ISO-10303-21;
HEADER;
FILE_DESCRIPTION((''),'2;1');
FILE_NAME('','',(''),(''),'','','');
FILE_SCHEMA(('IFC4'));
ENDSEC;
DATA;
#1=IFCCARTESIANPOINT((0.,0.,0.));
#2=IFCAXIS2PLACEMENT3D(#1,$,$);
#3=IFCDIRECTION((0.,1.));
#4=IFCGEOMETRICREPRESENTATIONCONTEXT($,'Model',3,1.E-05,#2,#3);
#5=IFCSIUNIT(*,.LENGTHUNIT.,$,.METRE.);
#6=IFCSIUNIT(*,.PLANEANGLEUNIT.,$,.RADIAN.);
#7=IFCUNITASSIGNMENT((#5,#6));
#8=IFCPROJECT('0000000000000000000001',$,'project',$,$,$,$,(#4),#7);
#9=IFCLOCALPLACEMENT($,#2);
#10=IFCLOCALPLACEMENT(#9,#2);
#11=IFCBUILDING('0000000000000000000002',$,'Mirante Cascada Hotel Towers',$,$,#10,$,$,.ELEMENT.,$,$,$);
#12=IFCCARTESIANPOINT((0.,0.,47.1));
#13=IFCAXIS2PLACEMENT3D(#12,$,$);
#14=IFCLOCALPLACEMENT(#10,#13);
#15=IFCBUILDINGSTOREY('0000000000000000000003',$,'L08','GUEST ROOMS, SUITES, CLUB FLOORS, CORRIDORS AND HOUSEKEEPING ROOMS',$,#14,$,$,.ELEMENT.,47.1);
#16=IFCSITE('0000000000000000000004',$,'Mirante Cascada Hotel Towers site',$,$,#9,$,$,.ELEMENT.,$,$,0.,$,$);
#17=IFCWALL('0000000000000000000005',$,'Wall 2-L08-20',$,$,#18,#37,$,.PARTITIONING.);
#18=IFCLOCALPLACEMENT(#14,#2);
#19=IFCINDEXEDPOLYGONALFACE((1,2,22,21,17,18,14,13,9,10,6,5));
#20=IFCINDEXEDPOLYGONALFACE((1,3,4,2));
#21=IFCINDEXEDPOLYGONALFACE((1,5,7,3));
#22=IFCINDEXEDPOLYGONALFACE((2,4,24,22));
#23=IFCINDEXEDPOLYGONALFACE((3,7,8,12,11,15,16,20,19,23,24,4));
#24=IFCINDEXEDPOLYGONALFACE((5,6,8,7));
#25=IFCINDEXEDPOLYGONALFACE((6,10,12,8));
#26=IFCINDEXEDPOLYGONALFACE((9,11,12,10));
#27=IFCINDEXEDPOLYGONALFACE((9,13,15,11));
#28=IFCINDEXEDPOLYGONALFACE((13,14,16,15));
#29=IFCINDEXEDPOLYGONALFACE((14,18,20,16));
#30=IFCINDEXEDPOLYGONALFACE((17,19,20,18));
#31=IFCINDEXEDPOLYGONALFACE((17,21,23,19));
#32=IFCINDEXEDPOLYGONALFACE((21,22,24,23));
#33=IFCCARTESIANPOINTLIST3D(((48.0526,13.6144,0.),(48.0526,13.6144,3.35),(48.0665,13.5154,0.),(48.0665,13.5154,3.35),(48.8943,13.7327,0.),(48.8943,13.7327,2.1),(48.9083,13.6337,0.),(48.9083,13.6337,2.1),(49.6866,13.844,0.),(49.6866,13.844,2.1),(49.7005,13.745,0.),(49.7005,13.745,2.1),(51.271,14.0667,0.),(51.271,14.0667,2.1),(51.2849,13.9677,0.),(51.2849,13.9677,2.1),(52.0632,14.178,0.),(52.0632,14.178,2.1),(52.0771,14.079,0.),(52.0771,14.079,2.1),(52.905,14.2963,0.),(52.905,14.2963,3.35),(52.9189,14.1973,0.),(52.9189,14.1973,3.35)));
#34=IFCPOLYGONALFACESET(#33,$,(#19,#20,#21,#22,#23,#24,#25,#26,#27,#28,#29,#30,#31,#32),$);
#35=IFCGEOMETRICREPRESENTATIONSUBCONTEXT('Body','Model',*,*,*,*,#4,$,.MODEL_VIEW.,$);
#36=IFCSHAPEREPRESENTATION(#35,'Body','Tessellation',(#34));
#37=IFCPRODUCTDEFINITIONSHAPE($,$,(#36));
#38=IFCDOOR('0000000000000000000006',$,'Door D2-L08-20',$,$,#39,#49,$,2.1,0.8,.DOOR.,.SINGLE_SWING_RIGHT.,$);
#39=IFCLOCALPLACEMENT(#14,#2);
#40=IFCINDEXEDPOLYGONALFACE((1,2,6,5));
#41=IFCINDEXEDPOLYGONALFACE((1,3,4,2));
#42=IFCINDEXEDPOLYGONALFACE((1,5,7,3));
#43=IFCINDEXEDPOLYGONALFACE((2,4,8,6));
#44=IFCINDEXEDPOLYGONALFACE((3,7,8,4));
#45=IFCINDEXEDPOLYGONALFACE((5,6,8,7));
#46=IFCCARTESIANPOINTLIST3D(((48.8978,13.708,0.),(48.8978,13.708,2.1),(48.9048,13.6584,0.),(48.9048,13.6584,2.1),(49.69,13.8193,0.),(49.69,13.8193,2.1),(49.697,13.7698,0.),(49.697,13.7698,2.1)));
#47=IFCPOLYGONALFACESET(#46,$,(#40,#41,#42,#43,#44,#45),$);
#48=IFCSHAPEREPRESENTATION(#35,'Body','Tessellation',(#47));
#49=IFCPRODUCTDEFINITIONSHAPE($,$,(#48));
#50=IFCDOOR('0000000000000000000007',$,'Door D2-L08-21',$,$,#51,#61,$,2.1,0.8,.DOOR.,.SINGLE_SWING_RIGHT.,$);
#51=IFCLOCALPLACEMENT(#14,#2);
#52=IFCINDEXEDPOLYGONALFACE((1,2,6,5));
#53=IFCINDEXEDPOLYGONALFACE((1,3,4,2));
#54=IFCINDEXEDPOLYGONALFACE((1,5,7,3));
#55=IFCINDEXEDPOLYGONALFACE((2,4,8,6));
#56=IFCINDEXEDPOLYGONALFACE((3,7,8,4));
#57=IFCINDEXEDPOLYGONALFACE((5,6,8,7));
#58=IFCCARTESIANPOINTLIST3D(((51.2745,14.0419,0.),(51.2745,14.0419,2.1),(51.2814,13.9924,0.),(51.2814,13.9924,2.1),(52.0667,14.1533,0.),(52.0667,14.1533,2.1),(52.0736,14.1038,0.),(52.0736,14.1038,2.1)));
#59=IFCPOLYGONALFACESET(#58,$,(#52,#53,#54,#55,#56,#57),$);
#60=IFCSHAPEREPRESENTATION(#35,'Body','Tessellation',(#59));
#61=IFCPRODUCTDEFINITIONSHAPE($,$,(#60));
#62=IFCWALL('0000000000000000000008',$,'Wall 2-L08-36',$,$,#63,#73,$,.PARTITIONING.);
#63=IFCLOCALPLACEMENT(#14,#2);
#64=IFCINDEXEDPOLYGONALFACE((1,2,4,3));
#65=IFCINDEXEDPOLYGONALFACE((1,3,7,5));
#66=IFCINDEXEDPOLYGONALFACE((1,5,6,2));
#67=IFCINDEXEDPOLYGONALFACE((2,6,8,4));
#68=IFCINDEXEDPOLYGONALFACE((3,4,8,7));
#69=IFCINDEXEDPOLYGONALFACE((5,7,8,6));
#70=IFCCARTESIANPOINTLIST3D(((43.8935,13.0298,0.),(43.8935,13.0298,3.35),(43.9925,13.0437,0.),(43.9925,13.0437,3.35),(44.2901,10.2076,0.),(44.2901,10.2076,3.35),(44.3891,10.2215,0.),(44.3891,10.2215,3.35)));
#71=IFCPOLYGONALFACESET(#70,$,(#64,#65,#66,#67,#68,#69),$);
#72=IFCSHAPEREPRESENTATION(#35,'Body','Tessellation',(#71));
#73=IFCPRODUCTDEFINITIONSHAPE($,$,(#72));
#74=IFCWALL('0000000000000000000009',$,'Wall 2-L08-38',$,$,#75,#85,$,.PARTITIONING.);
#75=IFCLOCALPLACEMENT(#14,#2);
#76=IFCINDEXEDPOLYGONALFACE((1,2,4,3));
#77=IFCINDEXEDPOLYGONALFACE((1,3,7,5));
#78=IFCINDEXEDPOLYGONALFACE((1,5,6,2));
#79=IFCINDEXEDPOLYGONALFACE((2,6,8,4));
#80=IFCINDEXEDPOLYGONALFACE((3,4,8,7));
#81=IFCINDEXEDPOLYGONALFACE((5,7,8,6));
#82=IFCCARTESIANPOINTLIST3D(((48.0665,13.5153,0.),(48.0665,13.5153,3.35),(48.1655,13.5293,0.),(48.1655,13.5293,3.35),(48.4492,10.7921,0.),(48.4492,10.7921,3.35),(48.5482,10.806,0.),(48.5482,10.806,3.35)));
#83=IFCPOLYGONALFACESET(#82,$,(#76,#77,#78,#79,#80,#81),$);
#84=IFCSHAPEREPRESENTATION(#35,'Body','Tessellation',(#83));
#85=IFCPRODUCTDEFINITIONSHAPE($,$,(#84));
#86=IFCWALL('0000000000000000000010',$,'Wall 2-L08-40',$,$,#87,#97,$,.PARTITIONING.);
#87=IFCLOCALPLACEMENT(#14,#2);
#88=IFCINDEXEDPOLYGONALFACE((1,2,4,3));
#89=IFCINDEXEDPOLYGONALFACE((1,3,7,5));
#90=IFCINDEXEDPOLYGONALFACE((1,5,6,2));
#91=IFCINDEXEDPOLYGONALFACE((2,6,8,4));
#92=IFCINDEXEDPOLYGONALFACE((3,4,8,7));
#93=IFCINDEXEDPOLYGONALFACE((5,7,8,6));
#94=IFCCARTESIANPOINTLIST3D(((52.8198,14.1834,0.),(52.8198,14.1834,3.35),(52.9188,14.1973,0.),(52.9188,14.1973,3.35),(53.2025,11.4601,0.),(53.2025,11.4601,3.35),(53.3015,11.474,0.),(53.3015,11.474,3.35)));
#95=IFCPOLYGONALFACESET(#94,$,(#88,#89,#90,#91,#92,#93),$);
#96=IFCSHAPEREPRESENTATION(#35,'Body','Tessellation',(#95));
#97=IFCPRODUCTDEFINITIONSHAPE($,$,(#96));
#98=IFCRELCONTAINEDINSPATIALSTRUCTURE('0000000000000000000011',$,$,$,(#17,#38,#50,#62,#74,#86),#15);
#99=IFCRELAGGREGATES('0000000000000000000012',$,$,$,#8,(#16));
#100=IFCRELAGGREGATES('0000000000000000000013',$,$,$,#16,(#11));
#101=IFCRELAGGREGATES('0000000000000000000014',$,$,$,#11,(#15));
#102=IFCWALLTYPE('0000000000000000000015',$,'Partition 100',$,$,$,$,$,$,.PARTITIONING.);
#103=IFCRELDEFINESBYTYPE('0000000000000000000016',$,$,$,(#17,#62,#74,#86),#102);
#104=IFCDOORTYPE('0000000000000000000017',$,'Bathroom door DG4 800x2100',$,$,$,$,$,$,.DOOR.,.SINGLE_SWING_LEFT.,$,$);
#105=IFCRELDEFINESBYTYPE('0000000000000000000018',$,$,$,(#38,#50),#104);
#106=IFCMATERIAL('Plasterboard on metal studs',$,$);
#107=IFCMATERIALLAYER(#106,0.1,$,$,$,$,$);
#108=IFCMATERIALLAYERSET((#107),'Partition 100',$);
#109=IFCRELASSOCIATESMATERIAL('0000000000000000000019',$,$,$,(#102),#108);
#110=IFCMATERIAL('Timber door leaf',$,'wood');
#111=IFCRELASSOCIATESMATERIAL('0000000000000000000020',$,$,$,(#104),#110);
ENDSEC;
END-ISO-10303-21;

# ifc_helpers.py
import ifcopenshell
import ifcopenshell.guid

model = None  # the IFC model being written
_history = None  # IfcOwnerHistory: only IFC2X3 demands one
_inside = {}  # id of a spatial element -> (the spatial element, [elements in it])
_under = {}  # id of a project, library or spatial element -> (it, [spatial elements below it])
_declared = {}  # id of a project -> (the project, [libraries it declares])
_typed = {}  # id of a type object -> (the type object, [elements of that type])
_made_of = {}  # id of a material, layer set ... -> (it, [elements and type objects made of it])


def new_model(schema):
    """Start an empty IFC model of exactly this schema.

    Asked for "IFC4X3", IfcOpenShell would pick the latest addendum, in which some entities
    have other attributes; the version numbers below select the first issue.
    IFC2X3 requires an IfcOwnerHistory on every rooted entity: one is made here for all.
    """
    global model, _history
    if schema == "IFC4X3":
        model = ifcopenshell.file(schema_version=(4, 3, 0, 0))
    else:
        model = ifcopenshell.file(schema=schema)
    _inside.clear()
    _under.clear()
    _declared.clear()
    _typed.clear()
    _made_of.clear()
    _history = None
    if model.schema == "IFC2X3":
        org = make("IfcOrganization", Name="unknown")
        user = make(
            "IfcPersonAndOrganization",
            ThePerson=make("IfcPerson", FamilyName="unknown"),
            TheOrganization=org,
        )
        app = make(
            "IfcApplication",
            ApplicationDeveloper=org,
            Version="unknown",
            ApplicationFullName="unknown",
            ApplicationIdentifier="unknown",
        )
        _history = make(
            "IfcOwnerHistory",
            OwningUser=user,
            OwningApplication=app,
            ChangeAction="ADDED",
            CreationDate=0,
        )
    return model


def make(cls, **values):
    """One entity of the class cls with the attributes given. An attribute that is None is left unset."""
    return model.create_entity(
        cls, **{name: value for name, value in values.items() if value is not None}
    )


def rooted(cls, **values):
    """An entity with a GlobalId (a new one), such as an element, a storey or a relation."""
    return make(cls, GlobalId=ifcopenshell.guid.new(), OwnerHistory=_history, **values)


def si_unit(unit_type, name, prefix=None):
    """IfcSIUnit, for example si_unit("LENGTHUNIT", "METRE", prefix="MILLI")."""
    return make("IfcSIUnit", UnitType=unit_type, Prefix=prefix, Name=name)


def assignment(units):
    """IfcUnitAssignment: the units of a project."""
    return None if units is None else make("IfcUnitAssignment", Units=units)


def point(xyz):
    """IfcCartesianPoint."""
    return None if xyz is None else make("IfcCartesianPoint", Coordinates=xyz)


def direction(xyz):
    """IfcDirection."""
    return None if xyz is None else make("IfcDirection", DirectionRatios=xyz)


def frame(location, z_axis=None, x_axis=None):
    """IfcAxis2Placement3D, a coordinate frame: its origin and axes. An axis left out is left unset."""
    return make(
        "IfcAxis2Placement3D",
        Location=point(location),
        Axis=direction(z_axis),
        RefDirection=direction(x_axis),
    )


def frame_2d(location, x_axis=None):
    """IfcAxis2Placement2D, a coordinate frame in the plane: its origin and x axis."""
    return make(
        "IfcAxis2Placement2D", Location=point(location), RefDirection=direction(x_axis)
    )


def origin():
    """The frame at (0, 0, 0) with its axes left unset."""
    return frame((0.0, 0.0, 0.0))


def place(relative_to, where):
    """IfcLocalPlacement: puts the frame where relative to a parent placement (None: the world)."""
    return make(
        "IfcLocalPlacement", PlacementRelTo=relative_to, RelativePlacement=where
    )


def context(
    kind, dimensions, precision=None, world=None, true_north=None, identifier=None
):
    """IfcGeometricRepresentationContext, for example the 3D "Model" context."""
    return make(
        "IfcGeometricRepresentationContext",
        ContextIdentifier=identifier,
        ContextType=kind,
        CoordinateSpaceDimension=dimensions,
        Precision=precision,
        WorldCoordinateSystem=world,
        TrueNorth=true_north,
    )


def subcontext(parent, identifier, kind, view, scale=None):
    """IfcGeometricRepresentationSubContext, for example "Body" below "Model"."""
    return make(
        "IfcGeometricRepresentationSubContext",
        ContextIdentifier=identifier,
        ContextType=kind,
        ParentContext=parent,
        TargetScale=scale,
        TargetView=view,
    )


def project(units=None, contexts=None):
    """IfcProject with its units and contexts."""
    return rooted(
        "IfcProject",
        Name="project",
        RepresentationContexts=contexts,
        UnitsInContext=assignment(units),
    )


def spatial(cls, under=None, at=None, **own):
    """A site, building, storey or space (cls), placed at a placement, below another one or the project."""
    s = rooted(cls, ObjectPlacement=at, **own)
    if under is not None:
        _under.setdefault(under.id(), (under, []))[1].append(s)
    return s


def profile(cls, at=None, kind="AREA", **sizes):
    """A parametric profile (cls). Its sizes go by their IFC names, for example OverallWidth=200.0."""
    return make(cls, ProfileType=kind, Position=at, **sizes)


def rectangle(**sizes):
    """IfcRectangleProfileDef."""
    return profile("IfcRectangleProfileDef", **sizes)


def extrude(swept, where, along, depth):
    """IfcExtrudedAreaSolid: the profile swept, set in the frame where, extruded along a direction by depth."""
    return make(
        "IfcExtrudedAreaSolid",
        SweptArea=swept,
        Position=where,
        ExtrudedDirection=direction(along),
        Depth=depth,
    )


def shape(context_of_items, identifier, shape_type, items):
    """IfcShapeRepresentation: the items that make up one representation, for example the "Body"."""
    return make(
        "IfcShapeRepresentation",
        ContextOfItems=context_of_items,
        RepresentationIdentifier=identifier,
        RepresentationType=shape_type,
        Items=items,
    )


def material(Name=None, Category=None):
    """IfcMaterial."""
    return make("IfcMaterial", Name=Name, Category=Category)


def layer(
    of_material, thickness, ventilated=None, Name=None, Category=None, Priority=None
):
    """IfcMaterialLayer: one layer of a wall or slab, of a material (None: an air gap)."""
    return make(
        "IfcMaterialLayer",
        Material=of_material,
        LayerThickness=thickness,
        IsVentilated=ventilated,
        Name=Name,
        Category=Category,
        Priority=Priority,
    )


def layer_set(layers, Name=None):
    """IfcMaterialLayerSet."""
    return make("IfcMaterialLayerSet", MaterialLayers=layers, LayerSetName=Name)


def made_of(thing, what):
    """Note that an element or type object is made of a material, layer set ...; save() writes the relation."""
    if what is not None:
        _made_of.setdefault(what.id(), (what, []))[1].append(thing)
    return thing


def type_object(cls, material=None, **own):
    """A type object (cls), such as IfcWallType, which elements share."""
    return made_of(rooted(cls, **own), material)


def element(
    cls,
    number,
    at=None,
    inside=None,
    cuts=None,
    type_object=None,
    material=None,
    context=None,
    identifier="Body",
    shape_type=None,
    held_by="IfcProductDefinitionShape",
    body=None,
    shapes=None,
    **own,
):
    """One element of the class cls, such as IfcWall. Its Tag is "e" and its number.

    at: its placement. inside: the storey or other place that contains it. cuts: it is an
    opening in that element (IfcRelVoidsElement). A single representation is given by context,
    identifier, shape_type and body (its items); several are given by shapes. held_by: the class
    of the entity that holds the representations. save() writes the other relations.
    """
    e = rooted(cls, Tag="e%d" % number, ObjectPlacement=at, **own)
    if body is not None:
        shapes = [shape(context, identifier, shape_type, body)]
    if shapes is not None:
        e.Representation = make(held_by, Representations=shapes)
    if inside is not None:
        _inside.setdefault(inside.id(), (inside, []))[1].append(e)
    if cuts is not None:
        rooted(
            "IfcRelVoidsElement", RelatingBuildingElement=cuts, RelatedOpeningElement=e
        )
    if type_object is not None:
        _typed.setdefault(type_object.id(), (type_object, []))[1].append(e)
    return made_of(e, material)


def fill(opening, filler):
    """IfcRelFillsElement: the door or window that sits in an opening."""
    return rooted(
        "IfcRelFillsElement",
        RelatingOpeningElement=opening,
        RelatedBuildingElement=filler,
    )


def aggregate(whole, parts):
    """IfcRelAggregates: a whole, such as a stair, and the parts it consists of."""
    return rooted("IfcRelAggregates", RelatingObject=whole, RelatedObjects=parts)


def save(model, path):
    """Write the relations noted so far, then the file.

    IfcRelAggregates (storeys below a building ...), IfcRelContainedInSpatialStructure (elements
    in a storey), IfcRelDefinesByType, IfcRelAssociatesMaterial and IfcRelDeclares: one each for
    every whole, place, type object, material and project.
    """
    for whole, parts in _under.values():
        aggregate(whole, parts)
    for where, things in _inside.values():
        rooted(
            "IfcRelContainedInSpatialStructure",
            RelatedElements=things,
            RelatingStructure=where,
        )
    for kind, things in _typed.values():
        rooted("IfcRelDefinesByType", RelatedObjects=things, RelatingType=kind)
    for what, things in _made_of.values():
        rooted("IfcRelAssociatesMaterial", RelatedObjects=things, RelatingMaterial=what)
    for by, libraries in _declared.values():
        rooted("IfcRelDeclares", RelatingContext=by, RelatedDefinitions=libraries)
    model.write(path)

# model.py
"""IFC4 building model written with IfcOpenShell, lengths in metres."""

from ifc_helpers import new_model, si_unit, direction, frame, frame_2d, origin, place, context, subcontext, project, spatial, rectangle, extrude, material, layer, layer_set, type_object, element, fill, save


model = new_model("IFC4")

# Units and contexts
model_context = context("Model", 3, precision=1e-05, world=origin(), true_north=direction((0.0, 1.0)))
body_context = subcontext(model_context, "Body", "Model", "MODEL_VIEW")
ifc_project = project(units=[si_unit("LENGTHUNIT", "METRE"), si_unit("PLANEANGLEUNIT", "RADIAN")], contexts=[model_context])

# Site, building, storey
site_placement = place(None, origin())
site = spatial("IfcSite", under=ifc_project, at=site_placement, Name="Mirante Cascada Hotel Towers site", CompositionType="ELEMENT", RefElevation=0.0)
building_placement = place(site_placement, origin())
building = spatial("IfcBuilding", under=site, at=building_placement, Name="Mirante Cascada Hotel Towers", CompositionType="ELEMENT")
storey_placement = place(building_placement, frame((0.0, 0.0, 47.1)))
storey = spatial("IfcBuildingStorey", under=building, at=storey_placement, Name="L08", Description="GUEST ROOMS, SUITES, CLUB FLOORS, CORRIDORS AND HOUSEKEEPING ROOMS", CompositionType="ELEMENT", Elevation=47.1)

# Shared definitions
ifc_material_1 = material(Name="Plasterboard on metal studs")
ifc_layer_1 = layer(ifc_material_1, 0.1)
ifc_layer_set_1 = layer_set([ifc_layer_1], Name="Partition 100")
wall_type_1 = type_object("IfcWallType", Name="Partition 100", PredefinedType="PARTITIONING", material=ifc_layer_set_1)
ifc_material_2 = material(Name="Timber door leaf", Category="wood")
door_type = type_object("IfcDoorType", Name="Bathroom door DG4 800x2100", OperationType="SINGLE_SWING_LEFT", PredefinedType="DOOR", material=ifc_material_2)

# Wall, openings, doors
wall_1_placement = place(storey_placement, frame((52.9119, 14.2468, 0.0), z_axis=(0.0, 0.0, 1.0), x_axis=(-0.99027, -0.139161, 0.0)))
wall_1 = element("IfcWall", 1, at=wall_1_placement, inside=storey, type_object=wall_type_1, Name="Wall 2-L08-20", PredefinedType="PARTITIONING", context=body_context, shape_type="SweptSolid", body=[
    extrude(rectangle(XDim=4.9001, YDim=0.1, at=frame_2d((2.45, 0.0))), origin(), (0.0, 0.0, 1.0), 3.35),
])
opening_1_placement = place(wall_1_placement, frame((3.25, 0.0, 0.0)))
opening_1 = element("IfcOpeningElement", 2, at=opening_1_placement, cuts=wall_1, PredefinedType="OPENING", context=body_context, shape_type="SweptSolid", body=[
    extrude(rectangle(XDim=0.8, YDim=2.1, at=frame_2d((0.4, 1.05))), frame((0.0, 0.05, 0.0), z_axis=(0.0, -1.0, 0.0), x_axis=(1.0, 0.0, 0.0)), (0.0, 0.0, 1.0), 0.1),
])
opening_2_placement = place(wall_1_placement, frame((0.85, 0.0, 0.0)))
opening_2 = element("IfcOpeningElement", 3, at=opening_2_placement, cuts=wall_1, PredefinedType="OPENING", context=body_context, shape_type="SweptSolid", body=[
    extrude(rectangle(XDim=0.8, YDim=2.1, at=frame_2d((0.4, 1.05))), frame((0.0, 0.05, 0.0), z_axis=(0.0, -1.0, 0.0), x_axis=(1.0, 0.0, 0.0)), (0.0, 0.0, 1.0), 0.1),
])
door_1_placement = place(opening_1_placement, frame((0.8, 0.0, 0.0), z_axis=(0.0, 0.0, 1.0), x_axis=(-1.0, 0.0, 0.0)))
door_1 = element("IfcDoor", 4, at=door_1_placement, inside=storey, type_object=door_type, Name="Door D2-L08-20", OperationType="SINGLE_SWING_RIGHT", OverallHeight=2.1, OverallWidth=0.8, PredefinedType="DOOR", context=body_context, shape_type="SweptSolid", body=[
    extrude(rectangle(XDim=0.8, YDim=2.1, at=frame_2d((0.4, 1.05))), frame((0.0, 0.025, 0.0), z_axis=(0.0, -1.0, 0.0), x_axis=(1.0, 0.0, 0.0)), (0.0, 0.0, 1.0), 0.05),
])
fill(opening_1, door_1)
door_2_placement = place(opening_2_placement, frame((0.8, 0.0, 0.0), z_axis=(0.0, 0.0, 1.0), x_axis=(-1.0, 0.0, 0.0)))
door_2 = element("IfcDoor", 5, at=door_2_placement, inside=storey, type_object=door_type, Name="Door D2-L08-21", OperationType="SINGLE_SWING_RIGHT", OverallHeight=2.1, OverallWidth=0.8, PredefinedType="DOOR", context=body_context, shape_type="SweptSolid", body=[
    extrude(rectangle(XDim=0.8, YDim=2.1, at=frame_2d((0.4, 1.05))), frame((0.0, 0.025, 0.0), z_axis=(0.0, -1.0, 0.0), x_axis=(1.0, 0.0, 0.0)), (0.0, 0.0, 1.0), 0.05),
])
fill(opening_2, door_2)

# Walls
wall_2_placement = place(storey_placement, frame((43.943, 13.0368, 0.0), z_axis=(0.0, 0.0, 1.0), x_axis=(0.139161, -0.99027, 0.0)))
element("IfcWall", 6, at=wall_2_placement, inside=storey, type_object=wall_type_1, Name="Wall 2-L08-36", PredefinedType="PARTITIONING", context=body_context, shape_type="SweptSolid", body=[
    extrude(rectangle(XDim=2.8499, YDim=0.1, at=frame_2d((1.425, 0.0))), origin(), (0.0, 0.0, 1.0), 3.35),
])
wall_3_placement = place(storey_placement, frame((48.116, 13.5223, 0.0), z_axis=(0.0, 0.0, 1.0), x_axis=(0.139166, -0.990269, 0.0)))
element("IfcWall", 7, at=wall_3_placement, inside=storey, type_object=wall_type_1, Name="Wall 2-L08-38", PredefinedType="PARTITIONING", context=body_context, shape_type="SweptSolid", body=[
    extrude(rectangle(XDim=2.75, YDim=0.1, at=frame_2d((1.375, 0.0))), origin(), (0.0, 0.0, 1.0), 3.35),
])
wall_4_placement = place(storey_placement, frame((52.8693, 14.1904, 0.0), z_axis=(0.0, 0.0, 1.0), x_axis=(0.139161, -0.99027, 0.0)))
element("IfcWall", 8, at=wall_4_placement, inside=storey, type_object=wall_type_1, Name="Wall 2-L08-40", PredefinedType="PARTITIONING", context=body_context, shape_type="SweptSolid", body=[
    extrude(rectangle(XDim=2.7501, YDim=0.1, at=frame_2d((1.3751, 0.0))), origin(), (0.0, 0.0, 1.0), 3.35),
])

save(model, "model.ifc")
